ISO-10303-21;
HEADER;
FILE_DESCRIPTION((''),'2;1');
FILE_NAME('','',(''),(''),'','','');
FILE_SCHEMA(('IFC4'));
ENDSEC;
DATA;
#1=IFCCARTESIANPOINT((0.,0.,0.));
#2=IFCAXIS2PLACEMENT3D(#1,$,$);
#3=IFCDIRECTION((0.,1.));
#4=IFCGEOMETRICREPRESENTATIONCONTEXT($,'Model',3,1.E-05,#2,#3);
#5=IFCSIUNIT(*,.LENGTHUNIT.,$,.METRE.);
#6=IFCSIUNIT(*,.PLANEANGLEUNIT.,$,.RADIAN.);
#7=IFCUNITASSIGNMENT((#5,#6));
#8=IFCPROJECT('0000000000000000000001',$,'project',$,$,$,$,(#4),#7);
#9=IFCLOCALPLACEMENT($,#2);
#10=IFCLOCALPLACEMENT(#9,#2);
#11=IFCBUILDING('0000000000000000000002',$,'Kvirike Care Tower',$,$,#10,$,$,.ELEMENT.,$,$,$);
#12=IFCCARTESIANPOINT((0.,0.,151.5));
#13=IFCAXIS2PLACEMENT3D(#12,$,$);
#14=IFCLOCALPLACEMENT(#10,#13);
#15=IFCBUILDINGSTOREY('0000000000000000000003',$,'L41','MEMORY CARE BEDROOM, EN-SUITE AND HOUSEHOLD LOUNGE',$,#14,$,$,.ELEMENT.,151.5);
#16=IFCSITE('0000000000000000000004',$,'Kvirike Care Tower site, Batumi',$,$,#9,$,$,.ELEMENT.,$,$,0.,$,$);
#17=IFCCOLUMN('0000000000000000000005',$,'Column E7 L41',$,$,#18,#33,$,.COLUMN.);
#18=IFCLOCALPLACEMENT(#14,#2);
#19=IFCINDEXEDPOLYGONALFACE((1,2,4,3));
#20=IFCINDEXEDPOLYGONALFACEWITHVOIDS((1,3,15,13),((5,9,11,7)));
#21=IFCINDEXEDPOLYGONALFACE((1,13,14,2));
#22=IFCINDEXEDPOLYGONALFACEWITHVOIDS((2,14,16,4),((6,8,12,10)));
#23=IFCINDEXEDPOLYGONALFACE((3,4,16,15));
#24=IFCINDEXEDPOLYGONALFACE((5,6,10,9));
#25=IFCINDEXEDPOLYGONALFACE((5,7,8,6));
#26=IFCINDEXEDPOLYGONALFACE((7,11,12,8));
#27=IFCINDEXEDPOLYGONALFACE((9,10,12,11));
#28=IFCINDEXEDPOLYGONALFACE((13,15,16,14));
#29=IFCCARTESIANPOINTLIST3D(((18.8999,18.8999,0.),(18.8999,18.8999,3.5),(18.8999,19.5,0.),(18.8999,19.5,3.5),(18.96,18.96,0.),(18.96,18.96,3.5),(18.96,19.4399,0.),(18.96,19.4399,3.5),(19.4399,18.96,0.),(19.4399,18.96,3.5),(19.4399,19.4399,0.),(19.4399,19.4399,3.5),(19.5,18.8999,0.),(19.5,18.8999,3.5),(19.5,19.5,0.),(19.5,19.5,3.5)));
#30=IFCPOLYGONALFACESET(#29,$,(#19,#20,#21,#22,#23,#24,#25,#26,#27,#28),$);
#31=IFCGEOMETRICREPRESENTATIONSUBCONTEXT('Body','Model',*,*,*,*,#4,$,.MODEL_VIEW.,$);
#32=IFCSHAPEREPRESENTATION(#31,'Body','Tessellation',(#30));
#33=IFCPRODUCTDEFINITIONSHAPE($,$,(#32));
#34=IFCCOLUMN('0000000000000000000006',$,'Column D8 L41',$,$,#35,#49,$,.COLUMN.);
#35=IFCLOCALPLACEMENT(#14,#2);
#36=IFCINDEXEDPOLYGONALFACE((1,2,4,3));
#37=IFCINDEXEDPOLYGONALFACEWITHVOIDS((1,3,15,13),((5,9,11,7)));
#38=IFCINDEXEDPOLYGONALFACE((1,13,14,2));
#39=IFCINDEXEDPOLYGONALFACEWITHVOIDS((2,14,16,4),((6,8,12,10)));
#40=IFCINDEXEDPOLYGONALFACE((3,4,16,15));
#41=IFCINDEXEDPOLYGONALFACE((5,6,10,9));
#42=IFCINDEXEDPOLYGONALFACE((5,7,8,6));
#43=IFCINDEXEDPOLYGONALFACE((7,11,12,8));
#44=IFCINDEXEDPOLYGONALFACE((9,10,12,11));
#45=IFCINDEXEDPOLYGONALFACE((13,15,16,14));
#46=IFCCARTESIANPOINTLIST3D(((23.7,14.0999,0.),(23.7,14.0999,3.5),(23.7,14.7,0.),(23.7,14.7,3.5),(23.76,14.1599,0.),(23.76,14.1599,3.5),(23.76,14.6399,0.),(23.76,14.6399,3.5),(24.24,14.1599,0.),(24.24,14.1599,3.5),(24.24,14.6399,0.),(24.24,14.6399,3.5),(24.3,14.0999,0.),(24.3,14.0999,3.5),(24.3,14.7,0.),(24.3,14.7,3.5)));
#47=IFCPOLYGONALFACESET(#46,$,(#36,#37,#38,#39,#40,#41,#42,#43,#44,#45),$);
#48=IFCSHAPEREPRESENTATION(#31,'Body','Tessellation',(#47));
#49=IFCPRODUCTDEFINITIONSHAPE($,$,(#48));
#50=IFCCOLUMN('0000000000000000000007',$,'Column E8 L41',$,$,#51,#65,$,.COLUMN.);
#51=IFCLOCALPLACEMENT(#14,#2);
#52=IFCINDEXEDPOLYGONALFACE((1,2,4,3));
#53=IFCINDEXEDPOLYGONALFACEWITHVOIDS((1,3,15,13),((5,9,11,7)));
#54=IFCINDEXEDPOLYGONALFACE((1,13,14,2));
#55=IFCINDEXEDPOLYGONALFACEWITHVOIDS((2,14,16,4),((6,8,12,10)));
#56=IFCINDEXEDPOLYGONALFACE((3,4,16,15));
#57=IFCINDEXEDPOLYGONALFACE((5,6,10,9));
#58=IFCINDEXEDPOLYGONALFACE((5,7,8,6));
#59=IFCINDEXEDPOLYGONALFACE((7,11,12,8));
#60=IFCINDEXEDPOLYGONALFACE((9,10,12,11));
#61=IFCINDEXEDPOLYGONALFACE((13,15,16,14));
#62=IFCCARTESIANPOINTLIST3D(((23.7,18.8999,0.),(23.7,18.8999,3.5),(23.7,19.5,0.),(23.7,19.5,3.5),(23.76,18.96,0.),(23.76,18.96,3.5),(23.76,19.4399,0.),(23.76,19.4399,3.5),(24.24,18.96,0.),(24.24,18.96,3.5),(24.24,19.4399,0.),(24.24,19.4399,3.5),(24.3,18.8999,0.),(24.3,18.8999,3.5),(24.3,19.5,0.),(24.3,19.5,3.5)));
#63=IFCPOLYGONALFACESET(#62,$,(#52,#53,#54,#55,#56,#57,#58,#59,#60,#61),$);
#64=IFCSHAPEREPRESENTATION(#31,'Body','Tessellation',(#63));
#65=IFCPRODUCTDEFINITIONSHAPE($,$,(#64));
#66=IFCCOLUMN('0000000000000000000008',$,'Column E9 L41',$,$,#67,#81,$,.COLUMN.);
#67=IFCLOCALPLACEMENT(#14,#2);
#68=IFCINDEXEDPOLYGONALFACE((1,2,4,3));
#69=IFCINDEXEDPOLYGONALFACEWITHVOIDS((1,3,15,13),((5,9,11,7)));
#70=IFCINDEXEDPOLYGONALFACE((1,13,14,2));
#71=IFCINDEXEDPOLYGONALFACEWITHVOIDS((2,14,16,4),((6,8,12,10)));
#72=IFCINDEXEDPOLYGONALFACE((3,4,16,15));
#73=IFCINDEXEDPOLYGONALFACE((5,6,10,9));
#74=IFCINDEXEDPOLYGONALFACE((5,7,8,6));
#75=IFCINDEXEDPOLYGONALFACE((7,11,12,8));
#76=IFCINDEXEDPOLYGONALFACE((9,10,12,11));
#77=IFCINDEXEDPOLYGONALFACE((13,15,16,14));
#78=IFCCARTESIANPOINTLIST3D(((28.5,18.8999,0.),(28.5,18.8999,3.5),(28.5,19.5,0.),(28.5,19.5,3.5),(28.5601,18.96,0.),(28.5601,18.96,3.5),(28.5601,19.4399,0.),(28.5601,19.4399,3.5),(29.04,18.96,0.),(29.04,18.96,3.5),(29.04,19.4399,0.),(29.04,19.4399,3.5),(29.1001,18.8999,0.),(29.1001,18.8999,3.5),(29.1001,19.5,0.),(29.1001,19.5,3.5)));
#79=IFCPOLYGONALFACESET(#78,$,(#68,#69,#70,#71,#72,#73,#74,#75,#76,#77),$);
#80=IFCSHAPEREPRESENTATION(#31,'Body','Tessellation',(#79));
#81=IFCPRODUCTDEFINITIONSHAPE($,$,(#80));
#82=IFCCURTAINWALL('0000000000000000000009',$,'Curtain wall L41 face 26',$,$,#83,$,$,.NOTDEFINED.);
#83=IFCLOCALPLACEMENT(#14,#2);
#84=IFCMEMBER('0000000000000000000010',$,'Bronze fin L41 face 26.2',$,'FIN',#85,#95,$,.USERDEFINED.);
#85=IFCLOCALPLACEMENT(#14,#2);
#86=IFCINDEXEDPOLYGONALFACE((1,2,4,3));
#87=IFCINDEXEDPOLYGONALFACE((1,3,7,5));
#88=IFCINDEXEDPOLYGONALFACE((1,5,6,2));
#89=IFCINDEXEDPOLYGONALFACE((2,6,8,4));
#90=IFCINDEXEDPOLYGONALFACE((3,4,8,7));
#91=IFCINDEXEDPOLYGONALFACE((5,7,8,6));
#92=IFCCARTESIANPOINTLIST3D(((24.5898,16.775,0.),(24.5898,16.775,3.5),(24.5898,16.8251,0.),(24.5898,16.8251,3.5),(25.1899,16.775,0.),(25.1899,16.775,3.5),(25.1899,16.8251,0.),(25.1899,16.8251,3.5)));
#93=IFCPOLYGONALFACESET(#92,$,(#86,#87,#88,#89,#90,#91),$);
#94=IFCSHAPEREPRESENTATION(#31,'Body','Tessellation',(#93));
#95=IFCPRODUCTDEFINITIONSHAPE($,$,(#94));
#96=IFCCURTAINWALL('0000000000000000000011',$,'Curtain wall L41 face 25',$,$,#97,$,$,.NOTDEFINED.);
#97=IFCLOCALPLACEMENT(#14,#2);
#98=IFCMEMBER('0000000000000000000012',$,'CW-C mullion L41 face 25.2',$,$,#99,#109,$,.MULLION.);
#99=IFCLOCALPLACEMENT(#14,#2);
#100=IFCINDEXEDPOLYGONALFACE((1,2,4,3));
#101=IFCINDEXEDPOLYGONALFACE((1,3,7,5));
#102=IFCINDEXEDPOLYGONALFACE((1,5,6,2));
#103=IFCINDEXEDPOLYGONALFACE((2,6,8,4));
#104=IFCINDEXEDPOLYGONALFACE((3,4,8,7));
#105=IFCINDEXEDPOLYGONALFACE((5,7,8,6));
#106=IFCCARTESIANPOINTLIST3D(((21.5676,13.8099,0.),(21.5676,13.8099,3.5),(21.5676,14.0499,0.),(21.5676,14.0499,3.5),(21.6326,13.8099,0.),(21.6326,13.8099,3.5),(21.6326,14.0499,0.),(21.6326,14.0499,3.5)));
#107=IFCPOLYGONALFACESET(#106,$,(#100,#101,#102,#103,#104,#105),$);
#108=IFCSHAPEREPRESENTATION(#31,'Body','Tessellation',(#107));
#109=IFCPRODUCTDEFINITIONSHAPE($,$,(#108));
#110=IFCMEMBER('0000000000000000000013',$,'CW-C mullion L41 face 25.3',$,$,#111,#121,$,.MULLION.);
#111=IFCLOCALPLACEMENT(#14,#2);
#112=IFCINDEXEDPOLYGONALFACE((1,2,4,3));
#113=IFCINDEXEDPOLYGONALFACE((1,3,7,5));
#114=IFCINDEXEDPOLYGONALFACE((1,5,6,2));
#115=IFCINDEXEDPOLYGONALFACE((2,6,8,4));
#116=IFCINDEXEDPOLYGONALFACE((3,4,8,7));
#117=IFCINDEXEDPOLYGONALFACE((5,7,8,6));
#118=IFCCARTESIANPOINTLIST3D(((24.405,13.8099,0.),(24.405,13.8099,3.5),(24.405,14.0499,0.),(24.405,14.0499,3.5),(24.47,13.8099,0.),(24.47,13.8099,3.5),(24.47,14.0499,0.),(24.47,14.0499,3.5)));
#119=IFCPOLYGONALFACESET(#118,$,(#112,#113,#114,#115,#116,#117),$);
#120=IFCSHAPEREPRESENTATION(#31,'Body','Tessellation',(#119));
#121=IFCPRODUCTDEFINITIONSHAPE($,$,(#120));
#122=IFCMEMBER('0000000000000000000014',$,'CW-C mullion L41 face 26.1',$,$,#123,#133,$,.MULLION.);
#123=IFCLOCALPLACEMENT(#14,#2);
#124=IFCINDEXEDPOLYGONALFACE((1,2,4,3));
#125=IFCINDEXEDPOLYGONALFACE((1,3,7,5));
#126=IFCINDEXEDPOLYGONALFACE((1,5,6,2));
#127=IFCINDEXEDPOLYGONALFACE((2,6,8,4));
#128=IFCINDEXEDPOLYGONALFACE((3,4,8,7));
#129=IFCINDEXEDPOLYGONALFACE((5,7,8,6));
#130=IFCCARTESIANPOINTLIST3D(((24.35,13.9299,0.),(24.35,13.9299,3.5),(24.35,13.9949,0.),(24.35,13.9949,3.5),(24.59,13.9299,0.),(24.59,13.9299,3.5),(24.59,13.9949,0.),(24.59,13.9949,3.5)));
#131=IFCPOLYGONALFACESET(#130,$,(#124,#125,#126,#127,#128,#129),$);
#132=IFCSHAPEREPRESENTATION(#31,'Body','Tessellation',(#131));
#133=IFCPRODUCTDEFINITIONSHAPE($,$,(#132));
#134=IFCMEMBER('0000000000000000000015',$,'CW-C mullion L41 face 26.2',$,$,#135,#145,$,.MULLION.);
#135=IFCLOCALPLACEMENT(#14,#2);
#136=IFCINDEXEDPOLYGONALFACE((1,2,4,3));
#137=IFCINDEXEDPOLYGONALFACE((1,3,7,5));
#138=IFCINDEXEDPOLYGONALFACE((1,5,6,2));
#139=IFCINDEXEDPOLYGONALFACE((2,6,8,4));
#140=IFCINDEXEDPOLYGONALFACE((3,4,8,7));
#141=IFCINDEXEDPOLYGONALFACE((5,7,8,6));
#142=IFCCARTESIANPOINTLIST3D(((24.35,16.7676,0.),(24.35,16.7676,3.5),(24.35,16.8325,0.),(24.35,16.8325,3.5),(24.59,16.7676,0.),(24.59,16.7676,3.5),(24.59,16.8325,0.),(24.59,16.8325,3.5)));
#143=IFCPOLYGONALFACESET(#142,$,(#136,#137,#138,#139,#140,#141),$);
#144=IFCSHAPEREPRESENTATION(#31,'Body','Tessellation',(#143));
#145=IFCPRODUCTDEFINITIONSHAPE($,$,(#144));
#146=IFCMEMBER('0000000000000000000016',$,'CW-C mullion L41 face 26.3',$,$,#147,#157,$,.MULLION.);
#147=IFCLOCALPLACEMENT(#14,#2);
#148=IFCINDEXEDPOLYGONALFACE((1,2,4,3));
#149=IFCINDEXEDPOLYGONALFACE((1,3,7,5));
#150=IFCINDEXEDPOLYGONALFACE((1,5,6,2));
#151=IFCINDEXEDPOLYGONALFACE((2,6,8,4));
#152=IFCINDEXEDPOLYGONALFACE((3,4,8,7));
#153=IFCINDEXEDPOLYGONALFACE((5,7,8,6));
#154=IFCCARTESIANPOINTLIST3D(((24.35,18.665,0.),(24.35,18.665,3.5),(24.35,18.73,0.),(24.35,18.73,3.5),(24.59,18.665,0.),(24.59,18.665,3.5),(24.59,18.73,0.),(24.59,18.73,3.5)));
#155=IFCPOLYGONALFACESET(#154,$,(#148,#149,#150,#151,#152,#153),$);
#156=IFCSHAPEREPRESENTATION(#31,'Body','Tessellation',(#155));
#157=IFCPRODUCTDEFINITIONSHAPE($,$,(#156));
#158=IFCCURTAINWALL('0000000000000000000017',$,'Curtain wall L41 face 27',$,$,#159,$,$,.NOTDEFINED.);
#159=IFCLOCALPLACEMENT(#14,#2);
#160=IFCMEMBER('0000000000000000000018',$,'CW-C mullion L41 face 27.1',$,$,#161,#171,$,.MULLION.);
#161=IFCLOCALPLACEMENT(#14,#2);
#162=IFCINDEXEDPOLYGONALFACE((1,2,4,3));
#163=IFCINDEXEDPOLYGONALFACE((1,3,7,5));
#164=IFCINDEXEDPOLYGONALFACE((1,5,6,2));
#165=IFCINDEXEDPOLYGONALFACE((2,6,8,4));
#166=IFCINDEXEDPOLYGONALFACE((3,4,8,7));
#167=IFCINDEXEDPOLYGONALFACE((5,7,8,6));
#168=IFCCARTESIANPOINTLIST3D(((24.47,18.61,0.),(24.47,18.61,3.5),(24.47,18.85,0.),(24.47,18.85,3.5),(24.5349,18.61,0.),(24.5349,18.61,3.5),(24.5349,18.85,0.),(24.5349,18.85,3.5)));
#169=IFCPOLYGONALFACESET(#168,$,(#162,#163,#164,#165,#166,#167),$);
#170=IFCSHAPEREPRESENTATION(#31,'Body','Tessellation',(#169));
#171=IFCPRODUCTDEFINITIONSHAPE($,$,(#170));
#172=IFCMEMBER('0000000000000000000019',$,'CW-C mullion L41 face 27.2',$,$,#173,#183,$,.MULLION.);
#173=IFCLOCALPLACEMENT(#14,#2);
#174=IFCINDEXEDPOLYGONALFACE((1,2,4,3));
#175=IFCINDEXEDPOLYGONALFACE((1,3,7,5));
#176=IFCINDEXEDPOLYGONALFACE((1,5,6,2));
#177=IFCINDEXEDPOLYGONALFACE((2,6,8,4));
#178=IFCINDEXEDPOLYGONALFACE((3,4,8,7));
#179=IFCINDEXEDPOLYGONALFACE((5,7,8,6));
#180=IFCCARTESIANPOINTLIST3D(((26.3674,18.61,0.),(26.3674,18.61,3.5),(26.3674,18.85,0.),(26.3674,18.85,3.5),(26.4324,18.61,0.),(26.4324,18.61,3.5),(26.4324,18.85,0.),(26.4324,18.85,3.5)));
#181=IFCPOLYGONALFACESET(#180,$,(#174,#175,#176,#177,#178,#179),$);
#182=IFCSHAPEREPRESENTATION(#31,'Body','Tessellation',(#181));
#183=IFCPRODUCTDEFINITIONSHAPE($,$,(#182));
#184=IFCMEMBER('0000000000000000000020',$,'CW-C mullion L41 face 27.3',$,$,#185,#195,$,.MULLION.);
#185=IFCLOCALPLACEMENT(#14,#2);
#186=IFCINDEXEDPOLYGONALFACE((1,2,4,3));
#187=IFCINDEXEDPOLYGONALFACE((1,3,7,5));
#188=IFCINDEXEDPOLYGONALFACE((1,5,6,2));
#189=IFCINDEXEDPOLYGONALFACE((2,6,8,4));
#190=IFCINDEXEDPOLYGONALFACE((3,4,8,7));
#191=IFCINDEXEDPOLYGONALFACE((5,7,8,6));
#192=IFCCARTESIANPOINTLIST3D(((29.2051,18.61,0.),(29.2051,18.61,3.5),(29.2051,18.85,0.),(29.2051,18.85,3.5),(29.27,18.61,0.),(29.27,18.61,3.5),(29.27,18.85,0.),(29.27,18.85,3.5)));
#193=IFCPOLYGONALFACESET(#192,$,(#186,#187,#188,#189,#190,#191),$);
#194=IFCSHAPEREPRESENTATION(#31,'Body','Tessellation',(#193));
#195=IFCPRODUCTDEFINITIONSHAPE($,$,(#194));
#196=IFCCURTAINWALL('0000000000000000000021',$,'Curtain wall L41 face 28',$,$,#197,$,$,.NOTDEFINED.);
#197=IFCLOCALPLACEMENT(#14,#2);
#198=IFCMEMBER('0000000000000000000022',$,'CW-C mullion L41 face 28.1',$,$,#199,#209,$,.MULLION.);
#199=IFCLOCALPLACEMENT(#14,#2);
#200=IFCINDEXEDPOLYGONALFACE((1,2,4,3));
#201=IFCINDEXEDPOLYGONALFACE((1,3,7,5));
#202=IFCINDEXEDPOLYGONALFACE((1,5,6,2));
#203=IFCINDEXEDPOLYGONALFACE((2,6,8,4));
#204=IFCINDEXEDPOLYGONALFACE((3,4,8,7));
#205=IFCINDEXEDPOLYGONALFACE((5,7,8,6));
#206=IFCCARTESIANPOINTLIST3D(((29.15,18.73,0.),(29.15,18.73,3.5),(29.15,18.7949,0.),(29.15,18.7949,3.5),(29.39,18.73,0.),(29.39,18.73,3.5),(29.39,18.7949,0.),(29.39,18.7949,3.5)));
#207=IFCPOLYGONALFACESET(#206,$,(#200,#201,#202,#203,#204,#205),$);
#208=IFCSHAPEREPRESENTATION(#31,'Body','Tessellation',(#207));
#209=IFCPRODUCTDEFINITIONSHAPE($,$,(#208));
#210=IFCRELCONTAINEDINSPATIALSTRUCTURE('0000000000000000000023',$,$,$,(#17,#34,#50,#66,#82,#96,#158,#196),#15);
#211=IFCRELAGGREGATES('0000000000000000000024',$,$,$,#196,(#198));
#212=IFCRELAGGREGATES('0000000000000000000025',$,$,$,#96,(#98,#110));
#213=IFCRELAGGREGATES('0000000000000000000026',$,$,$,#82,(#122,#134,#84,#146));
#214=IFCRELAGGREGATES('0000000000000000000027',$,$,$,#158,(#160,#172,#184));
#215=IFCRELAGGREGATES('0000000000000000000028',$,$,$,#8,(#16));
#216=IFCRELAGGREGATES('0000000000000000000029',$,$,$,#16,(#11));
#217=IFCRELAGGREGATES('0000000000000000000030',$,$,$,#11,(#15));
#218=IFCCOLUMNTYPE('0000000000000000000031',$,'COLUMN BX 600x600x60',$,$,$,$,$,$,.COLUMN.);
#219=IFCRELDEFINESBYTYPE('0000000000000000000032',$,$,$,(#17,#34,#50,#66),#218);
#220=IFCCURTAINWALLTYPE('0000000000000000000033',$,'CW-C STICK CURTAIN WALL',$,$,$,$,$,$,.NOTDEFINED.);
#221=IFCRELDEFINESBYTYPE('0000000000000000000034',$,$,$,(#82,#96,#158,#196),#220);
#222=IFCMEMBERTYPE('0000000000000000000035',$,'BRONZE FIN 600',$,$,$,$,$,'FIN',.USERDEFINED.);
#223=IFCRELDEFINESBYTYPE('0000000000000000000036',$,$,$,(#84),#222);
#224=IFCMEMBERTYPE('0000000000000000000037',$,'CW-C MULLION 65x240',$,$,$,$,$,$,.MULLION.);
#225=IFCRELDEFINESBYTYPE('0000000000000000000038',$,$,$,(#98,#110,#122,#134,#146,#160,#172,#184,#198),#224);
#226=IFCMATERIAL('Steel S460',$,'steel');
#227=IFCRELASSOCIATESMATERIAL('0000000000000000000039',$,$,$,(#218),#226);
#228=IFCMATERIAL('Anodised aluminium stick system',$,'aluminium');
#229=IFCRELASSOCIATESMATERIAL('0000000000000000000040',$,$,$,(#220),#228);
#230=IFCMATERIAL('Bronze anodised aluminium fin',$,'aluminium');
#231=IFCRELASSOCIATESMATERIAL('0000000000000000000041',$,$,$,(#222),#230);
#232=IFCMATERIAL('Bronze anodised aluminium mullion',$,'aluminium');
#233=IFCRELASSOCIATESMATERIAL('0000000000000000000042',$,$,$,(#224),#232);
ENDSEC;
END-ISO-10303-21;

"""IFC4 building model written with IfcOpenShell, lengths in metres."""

from ifc_helpers import new_model, si_unit, direction, frame, origin, origin_2d, place, context, subcontext, project, spatial, rectangle, hollow_rectangle, extrude, material, material_profile, profile_set, type_object, element, aggregate, save


model = new_model("IFC4")

# Units and contexts
model_context = context("Model", 3, precision=1e-05, world=origin(), true_north=direction((0.0, 1.0)))
body_context = subcontext(model_context, "Body", "Model", "MODEL_VIEW")
ifc_project = project(units=[si_unit("LENGTHUNIT", "METRE"), si_unit("PLANEANGLEUNIT", "RADIAN")], contexts=[model_context])

# Site, building, storey
site_placement = place(None, origin())
site = spatial("IfcSite", under=ifc_project, at=site_placement, Name="Kvirike Care Tower site, Batumi", CompositionType="ELEMENT", RefElevation=0.0)
building_placement = place(site_placement, origin())
building = spatial("IfcBuilding", under=site, at=building_placement, Name="Kvirike Care Tower", CompositionType="ELEMENT")
storey_placement = place(building_placement, frame((0.0, 0.0, 151.5)))
storey = spatial("IfcBuildingStorey", under=building, at=storey_placement, Name="L41", Description="MEMORY CARE BEDROOM, EN-SUITE AND HOUSEHOLD LOUNGE", CompositionType="ELEMENT", Elevation=151.5)

# Columns
ifc_material_1 = material(Name="Steel S460", Category="steel")
ifc_material_profile_1 = material_profile(ifc_material_1, hollow_rectangle(XDim=0.6001, YDim=0.6001, WallThickness=0.0601, at=origin_2d()), Name="BX 600x600x60")
ifc_profile_set_1 = profile_set([ifc_material_profile_1], Name="Steel S460")
column_type = type_object("IfcColumnType", Name="COLUMN BX 600x600x60", PredefinedType="COLUMN", material=ifc_profile_set_1)
for number, where, z_axis, x_axis, name in (
    (1, (19.2, 19.2, 0.0), (0.0, 0.0, 1.0), (0.0, 1.0, 0.0), "Column E7 L41"),
    (2, (24.0, 14.3999, 0.0), (0.0, 0.0, 1.0), (0.0, 1.0, 0.0), "Column D8 L41"),
    (3, (24.0, 19.2, 0.0), (0.0, 0.0, 1.0), (0.0, 1.0, 0.0), "Column E8 L41"),
    (4, (28.8, 19.2, 0.0), (0.0, 0.0, 1.0), (0.0, 1.0, 0.0), "Column E9 L41"),
):
    element("IfcColumn", number, at=place(storey_placement, frame(where, z_axis=z_axis, x_axis=x_axis)), inside=storey, type_object=column_type, Name=name, PredefinedType="COLUMN", context=body_context, shape_type="SweptSolid", body=[
        extrude(hollow_rectangle(XDim=0.6001, YDim=0.6001, WallThickness=0.0601, at=origin_2d()), origin(), (0.0, 0.0, 1.0), 3.5),
    ])

# Curtain wall, member
ifc_material_2 = material(Name="Anodised aluminium stick system", Category="aluminium")
curtain_wall_type = type_object("IfcCurtainWallType", Name="CW-C STICK CURTAIN WALL", PredefinedType="NOTDEFINED", material=ifc_material_2)
curtain_wall_1_placement = place(storey_placement, origin())
curtain_wall_1 = element("IfcCurtainWall", 5, at=curtain_wall_1_placement, inside=storey, type_object=curtain_wall_type, Name="Curtain wall L41 face 26", PredefinedType="NOTDEFINED")
ifc_material_3 = material(Name="Bronze anodised aluminium fin", Category="aluminium")
ifc_material_profile_2 = material_profile(ifc_material_3, rectangle(XDim=0.05, YDim=0.6001, at=origin_2d()), Name="BRONZE FIN 600")
ifc_profile_set_2 = profile_set([ifc_material_profile_2], Name="Bronze anodised aluminium fin")
member_type_1 = type_object("IfcMemberType", Name="BRONZE FIN 600", ElementType="FIN", PredefinedType="USERDEFINED", material=ifc_profile_set_2)
member_1_placement = place(storey_placement, frame((24.8899, 16.8, 0.0), z_axis=(0.0, 0.0, 1.0), x_axis=(0.0, 1.0, 0.0)))
member_1 = element("IfcMember", 6, at=member_1_placement, type_object=member_type_1, Name="Bronze fin L41 face 26.2", ObjectType="FIN", PredefinedType="USERDEFINED", context=body_context, shape_type="SweptSolid", body=[
    extrude(rectangle(XDim=0.05, YDim=0.6001, at=origin_2d()), origin(), (0.0, 0.0, 1.0), 3.5),
])

# Curtain wall, members
curtain_wall_2_placement = place(storey_placement, origin())
curtain_wall_2 = element("IfcCurtainWall", 7, at=curtain_wall_2_placement, inside=storey, type_object=curtain_wall_type, Name="Curtain wall L41 face 25", PredefinedType="NOTDEFINED")
ifc_material_4 = material(Name="Bronze anodised aluminium mullion", Category="aluminium")
ifc_material_profile_3 = material_profile(ifc_material_4, rectangle(XDim=0.0649, YDim=0.24, at=origin_2d()), Name="CW-C MULLION 65x240")
ifc_profile_set_3 = profile_set([ifc_material_profile_3], Name="Bronze anodised aluminium mullion")
member_type_2 = type_object("IfcMemberType", Name="CW-C MULLION 65x240", PredefinedType="MULLION", material=ifc_profile_set_3)
member_2_placement = place(storey_placement, frame((21.6001, 13.9299, 0.0), z_axis=(0.0, 0.0, 1.0), x_axis=(1.0, 0.0, 0.0)))
member_2 = element("IfcMember", 8, at=member_2_placement, type_object=member_type_2, Name="CW-C mullion L41 face 25.2", PredefinedType="MULLION", context=body_context, shape_type="SweptSolid", body=[
    extrude(rectangle(XDim=0.0649, YDim=0.24, at=origin_2d()), origin(), (0.0, 0.0, 1.0), 3.5),
])
member_3_placement = place(storey_placement, frame((24.4375, 13.9299, 0.0), z_axis=(0.0, 0.0, 1.0), x_axis=(1.0, 0.0, 0.0)))
member_3 = element("IfcMember", 9, at=member_3_placement, type_object=member_type_2, Name="CW-C mullion L41 face 25.3", PredefinedType="MULLION", context=body_context, shape_type="SweptSolid", body=[
    extrude(rectangle(XDim=0.0649, YDim=0.24, at=origin_2d()), origin(), (0.0, 0.0, 1.0), 3.5),
])

# Members
member_4_placement = place(storey_placement, frame((24.47, 13.9624, 0.0), z_axis=(0.0, 0.0, 1.0), x_axis=(0.0, 1.0, 0.0)))
member_4 = element("IfcMember", 10, at=member_4_placement, type_object=member_type_2, Name="CW-C mullion L41 face 26.1", PredefinedType="MULLION", context=body_context, shape_type="SweptSolid", body=[
    extrude(rectangle(XDim=0.0649, YDim=0.24, at=origin_2d()), origin(), (0.0, 0.0, 1.0), 3.5),
])
member_5_placement = place(storey_placement, frame((24.47, 16.8, 0.0), z_axis=(0.0, 0.0, 1.0), x_axis=(0.0, 1.0, 0.0)))
member_5 = element("IfcMember", 11, at=member_5_placement, type_object=member_type_2, Name="CW-C mullion L41 face 26.2", PredefinedType="MULLION", context=body_context, shape_type="SweptSolid", body=[
    extrude(rectangle(XDim=0.0649, YDim=0.24, at=origin_2d()), origin(), (0.0, 0.0, 1.0), 3.5),
])
member_6_placement = place(storey_placement, frame((24.47, 18.6975, 0.0), z_axis=(0.0, 0.0, 1.0), x_axis=(0.0, 1.0, 0.0)))
member_6 = element("IfcMember", 12, at=member_6_placement, type_object=member_type_2, Name="CW-C mullion L41 face 26.3", PredefinedType="MULLION", context=body_context, shape_type="SweptSolid", body=[
    extrude(rectangle(XDim=0.0649, YDim=0.24, at=origin_2d()), origin(), (0.0, 0.0, 1.0), 3.5),
])

# Curtain wall, members
curtain_wall_3_placement = place(storey_placement, origin())
curtain_wall_3 = element("IfcCurtainWall", 13, at=curtain_wall_3_placement, inside=storey, type_object=curtain_wall_type, Name="Curtain wall L41 face 27", PredefinedType="NOTDEFINED")
member_7_placement = place(storey_placement, frame((24.5024, 18.73, 0.0), z_axis=(0.0, 0.0, 1.0), x_axis=(1.0, 0.0, 0.0)))
member_7 = element("IfcMember", 14, at=member_7_placement, type_object=member_type_2, Name="CW-C mullion L41 face 27.1", PredefinedType="MULLION", context=body_context, shape_type="SweptSolid", body=[
    extrude(rectangle(XDim=0.0649, YDim=0.24, at=origin_2d()), origin(), (0.0, 0.0, 1.0), 3.5),
])
member_8_placement = place(storey_placement, frame((26.3999, 18.73, 0.0), z_axis=(0.0, 0.0, 1.0), x_axis=(1.0, 0.0, 0.0)))
member_8 = element("IfcMember", 15, at=member_8_placement, type_object=member_type_2, Name="CW-C mullion L41 face 27.2", PredefinedType="MULLION", context=body_context, shape_type="SweptSolid", body=[
    extrude(rectangle(XDim=0.0649, YDim=0.24, at=origin_2d()), origin(), (0.0, 0.0, 1.0), 3.5),
])
member_9_placement = place(storey_placement, frame((29.2375, 18.73, 0.0), z_axis=(0.0, 0.0, 1.0), x_axis=(1.0, 0.0, 0.0)))
member_9 = element("IfcMember", 16, at=member_9_placement, type_object=member_type_2, Name="CW-C mullion L41 face 27.3", PredefinedType="MULLION", context=body_context, shape_type="SweptSolid", body=[
    extrude(rectangle(XDim=0.0649, YDim=0.24, at=origin_2d()), origin(), (0.0, 0.0, 1.0), 3.5),
])

# Curtain wall, member
curtain_wall_4_placement = place(storey_placement, origin())
curtain_wall_4 = element("IfcCurtainWall", 17, at=curtain_wall_4_placement, inside=storey, type_object=curtain_wall_type, Name="Curtain wall L41 face 28", PredefinedType="NOTDEFINED")
member_10_placement = place(storey_placement, frame((29.27, 18.7625, 0.0), z_axis=(0.0, 0.0, 1.0), x_axis=(0.0, 1.0, 0.0)))
member_10 = element("IfcMember", 18, at=member_10_placement, type_object=member_type_2, Name="CW-C mullion L41 face 28.1", PredefinedType="MULLION", context=body_context, shape_type="SweptSolid", body=[
    extrude(rectangle(XDim=0.0649, YDim=0.24, at=origin_2d()), origin(), (0.0, 0.0, 1.0), 3.5),
])

aggregate(curtain_wall_4, [member_10])

aggregate(curtain_wall_2, [member_2, member_3])
aggregate(curtain_wall_1, [member_4, member_5, member_1, member_6])
aggregate(curtain_wall_3, [member_7, member_8, member_9])

save(model, "model.ifc")
